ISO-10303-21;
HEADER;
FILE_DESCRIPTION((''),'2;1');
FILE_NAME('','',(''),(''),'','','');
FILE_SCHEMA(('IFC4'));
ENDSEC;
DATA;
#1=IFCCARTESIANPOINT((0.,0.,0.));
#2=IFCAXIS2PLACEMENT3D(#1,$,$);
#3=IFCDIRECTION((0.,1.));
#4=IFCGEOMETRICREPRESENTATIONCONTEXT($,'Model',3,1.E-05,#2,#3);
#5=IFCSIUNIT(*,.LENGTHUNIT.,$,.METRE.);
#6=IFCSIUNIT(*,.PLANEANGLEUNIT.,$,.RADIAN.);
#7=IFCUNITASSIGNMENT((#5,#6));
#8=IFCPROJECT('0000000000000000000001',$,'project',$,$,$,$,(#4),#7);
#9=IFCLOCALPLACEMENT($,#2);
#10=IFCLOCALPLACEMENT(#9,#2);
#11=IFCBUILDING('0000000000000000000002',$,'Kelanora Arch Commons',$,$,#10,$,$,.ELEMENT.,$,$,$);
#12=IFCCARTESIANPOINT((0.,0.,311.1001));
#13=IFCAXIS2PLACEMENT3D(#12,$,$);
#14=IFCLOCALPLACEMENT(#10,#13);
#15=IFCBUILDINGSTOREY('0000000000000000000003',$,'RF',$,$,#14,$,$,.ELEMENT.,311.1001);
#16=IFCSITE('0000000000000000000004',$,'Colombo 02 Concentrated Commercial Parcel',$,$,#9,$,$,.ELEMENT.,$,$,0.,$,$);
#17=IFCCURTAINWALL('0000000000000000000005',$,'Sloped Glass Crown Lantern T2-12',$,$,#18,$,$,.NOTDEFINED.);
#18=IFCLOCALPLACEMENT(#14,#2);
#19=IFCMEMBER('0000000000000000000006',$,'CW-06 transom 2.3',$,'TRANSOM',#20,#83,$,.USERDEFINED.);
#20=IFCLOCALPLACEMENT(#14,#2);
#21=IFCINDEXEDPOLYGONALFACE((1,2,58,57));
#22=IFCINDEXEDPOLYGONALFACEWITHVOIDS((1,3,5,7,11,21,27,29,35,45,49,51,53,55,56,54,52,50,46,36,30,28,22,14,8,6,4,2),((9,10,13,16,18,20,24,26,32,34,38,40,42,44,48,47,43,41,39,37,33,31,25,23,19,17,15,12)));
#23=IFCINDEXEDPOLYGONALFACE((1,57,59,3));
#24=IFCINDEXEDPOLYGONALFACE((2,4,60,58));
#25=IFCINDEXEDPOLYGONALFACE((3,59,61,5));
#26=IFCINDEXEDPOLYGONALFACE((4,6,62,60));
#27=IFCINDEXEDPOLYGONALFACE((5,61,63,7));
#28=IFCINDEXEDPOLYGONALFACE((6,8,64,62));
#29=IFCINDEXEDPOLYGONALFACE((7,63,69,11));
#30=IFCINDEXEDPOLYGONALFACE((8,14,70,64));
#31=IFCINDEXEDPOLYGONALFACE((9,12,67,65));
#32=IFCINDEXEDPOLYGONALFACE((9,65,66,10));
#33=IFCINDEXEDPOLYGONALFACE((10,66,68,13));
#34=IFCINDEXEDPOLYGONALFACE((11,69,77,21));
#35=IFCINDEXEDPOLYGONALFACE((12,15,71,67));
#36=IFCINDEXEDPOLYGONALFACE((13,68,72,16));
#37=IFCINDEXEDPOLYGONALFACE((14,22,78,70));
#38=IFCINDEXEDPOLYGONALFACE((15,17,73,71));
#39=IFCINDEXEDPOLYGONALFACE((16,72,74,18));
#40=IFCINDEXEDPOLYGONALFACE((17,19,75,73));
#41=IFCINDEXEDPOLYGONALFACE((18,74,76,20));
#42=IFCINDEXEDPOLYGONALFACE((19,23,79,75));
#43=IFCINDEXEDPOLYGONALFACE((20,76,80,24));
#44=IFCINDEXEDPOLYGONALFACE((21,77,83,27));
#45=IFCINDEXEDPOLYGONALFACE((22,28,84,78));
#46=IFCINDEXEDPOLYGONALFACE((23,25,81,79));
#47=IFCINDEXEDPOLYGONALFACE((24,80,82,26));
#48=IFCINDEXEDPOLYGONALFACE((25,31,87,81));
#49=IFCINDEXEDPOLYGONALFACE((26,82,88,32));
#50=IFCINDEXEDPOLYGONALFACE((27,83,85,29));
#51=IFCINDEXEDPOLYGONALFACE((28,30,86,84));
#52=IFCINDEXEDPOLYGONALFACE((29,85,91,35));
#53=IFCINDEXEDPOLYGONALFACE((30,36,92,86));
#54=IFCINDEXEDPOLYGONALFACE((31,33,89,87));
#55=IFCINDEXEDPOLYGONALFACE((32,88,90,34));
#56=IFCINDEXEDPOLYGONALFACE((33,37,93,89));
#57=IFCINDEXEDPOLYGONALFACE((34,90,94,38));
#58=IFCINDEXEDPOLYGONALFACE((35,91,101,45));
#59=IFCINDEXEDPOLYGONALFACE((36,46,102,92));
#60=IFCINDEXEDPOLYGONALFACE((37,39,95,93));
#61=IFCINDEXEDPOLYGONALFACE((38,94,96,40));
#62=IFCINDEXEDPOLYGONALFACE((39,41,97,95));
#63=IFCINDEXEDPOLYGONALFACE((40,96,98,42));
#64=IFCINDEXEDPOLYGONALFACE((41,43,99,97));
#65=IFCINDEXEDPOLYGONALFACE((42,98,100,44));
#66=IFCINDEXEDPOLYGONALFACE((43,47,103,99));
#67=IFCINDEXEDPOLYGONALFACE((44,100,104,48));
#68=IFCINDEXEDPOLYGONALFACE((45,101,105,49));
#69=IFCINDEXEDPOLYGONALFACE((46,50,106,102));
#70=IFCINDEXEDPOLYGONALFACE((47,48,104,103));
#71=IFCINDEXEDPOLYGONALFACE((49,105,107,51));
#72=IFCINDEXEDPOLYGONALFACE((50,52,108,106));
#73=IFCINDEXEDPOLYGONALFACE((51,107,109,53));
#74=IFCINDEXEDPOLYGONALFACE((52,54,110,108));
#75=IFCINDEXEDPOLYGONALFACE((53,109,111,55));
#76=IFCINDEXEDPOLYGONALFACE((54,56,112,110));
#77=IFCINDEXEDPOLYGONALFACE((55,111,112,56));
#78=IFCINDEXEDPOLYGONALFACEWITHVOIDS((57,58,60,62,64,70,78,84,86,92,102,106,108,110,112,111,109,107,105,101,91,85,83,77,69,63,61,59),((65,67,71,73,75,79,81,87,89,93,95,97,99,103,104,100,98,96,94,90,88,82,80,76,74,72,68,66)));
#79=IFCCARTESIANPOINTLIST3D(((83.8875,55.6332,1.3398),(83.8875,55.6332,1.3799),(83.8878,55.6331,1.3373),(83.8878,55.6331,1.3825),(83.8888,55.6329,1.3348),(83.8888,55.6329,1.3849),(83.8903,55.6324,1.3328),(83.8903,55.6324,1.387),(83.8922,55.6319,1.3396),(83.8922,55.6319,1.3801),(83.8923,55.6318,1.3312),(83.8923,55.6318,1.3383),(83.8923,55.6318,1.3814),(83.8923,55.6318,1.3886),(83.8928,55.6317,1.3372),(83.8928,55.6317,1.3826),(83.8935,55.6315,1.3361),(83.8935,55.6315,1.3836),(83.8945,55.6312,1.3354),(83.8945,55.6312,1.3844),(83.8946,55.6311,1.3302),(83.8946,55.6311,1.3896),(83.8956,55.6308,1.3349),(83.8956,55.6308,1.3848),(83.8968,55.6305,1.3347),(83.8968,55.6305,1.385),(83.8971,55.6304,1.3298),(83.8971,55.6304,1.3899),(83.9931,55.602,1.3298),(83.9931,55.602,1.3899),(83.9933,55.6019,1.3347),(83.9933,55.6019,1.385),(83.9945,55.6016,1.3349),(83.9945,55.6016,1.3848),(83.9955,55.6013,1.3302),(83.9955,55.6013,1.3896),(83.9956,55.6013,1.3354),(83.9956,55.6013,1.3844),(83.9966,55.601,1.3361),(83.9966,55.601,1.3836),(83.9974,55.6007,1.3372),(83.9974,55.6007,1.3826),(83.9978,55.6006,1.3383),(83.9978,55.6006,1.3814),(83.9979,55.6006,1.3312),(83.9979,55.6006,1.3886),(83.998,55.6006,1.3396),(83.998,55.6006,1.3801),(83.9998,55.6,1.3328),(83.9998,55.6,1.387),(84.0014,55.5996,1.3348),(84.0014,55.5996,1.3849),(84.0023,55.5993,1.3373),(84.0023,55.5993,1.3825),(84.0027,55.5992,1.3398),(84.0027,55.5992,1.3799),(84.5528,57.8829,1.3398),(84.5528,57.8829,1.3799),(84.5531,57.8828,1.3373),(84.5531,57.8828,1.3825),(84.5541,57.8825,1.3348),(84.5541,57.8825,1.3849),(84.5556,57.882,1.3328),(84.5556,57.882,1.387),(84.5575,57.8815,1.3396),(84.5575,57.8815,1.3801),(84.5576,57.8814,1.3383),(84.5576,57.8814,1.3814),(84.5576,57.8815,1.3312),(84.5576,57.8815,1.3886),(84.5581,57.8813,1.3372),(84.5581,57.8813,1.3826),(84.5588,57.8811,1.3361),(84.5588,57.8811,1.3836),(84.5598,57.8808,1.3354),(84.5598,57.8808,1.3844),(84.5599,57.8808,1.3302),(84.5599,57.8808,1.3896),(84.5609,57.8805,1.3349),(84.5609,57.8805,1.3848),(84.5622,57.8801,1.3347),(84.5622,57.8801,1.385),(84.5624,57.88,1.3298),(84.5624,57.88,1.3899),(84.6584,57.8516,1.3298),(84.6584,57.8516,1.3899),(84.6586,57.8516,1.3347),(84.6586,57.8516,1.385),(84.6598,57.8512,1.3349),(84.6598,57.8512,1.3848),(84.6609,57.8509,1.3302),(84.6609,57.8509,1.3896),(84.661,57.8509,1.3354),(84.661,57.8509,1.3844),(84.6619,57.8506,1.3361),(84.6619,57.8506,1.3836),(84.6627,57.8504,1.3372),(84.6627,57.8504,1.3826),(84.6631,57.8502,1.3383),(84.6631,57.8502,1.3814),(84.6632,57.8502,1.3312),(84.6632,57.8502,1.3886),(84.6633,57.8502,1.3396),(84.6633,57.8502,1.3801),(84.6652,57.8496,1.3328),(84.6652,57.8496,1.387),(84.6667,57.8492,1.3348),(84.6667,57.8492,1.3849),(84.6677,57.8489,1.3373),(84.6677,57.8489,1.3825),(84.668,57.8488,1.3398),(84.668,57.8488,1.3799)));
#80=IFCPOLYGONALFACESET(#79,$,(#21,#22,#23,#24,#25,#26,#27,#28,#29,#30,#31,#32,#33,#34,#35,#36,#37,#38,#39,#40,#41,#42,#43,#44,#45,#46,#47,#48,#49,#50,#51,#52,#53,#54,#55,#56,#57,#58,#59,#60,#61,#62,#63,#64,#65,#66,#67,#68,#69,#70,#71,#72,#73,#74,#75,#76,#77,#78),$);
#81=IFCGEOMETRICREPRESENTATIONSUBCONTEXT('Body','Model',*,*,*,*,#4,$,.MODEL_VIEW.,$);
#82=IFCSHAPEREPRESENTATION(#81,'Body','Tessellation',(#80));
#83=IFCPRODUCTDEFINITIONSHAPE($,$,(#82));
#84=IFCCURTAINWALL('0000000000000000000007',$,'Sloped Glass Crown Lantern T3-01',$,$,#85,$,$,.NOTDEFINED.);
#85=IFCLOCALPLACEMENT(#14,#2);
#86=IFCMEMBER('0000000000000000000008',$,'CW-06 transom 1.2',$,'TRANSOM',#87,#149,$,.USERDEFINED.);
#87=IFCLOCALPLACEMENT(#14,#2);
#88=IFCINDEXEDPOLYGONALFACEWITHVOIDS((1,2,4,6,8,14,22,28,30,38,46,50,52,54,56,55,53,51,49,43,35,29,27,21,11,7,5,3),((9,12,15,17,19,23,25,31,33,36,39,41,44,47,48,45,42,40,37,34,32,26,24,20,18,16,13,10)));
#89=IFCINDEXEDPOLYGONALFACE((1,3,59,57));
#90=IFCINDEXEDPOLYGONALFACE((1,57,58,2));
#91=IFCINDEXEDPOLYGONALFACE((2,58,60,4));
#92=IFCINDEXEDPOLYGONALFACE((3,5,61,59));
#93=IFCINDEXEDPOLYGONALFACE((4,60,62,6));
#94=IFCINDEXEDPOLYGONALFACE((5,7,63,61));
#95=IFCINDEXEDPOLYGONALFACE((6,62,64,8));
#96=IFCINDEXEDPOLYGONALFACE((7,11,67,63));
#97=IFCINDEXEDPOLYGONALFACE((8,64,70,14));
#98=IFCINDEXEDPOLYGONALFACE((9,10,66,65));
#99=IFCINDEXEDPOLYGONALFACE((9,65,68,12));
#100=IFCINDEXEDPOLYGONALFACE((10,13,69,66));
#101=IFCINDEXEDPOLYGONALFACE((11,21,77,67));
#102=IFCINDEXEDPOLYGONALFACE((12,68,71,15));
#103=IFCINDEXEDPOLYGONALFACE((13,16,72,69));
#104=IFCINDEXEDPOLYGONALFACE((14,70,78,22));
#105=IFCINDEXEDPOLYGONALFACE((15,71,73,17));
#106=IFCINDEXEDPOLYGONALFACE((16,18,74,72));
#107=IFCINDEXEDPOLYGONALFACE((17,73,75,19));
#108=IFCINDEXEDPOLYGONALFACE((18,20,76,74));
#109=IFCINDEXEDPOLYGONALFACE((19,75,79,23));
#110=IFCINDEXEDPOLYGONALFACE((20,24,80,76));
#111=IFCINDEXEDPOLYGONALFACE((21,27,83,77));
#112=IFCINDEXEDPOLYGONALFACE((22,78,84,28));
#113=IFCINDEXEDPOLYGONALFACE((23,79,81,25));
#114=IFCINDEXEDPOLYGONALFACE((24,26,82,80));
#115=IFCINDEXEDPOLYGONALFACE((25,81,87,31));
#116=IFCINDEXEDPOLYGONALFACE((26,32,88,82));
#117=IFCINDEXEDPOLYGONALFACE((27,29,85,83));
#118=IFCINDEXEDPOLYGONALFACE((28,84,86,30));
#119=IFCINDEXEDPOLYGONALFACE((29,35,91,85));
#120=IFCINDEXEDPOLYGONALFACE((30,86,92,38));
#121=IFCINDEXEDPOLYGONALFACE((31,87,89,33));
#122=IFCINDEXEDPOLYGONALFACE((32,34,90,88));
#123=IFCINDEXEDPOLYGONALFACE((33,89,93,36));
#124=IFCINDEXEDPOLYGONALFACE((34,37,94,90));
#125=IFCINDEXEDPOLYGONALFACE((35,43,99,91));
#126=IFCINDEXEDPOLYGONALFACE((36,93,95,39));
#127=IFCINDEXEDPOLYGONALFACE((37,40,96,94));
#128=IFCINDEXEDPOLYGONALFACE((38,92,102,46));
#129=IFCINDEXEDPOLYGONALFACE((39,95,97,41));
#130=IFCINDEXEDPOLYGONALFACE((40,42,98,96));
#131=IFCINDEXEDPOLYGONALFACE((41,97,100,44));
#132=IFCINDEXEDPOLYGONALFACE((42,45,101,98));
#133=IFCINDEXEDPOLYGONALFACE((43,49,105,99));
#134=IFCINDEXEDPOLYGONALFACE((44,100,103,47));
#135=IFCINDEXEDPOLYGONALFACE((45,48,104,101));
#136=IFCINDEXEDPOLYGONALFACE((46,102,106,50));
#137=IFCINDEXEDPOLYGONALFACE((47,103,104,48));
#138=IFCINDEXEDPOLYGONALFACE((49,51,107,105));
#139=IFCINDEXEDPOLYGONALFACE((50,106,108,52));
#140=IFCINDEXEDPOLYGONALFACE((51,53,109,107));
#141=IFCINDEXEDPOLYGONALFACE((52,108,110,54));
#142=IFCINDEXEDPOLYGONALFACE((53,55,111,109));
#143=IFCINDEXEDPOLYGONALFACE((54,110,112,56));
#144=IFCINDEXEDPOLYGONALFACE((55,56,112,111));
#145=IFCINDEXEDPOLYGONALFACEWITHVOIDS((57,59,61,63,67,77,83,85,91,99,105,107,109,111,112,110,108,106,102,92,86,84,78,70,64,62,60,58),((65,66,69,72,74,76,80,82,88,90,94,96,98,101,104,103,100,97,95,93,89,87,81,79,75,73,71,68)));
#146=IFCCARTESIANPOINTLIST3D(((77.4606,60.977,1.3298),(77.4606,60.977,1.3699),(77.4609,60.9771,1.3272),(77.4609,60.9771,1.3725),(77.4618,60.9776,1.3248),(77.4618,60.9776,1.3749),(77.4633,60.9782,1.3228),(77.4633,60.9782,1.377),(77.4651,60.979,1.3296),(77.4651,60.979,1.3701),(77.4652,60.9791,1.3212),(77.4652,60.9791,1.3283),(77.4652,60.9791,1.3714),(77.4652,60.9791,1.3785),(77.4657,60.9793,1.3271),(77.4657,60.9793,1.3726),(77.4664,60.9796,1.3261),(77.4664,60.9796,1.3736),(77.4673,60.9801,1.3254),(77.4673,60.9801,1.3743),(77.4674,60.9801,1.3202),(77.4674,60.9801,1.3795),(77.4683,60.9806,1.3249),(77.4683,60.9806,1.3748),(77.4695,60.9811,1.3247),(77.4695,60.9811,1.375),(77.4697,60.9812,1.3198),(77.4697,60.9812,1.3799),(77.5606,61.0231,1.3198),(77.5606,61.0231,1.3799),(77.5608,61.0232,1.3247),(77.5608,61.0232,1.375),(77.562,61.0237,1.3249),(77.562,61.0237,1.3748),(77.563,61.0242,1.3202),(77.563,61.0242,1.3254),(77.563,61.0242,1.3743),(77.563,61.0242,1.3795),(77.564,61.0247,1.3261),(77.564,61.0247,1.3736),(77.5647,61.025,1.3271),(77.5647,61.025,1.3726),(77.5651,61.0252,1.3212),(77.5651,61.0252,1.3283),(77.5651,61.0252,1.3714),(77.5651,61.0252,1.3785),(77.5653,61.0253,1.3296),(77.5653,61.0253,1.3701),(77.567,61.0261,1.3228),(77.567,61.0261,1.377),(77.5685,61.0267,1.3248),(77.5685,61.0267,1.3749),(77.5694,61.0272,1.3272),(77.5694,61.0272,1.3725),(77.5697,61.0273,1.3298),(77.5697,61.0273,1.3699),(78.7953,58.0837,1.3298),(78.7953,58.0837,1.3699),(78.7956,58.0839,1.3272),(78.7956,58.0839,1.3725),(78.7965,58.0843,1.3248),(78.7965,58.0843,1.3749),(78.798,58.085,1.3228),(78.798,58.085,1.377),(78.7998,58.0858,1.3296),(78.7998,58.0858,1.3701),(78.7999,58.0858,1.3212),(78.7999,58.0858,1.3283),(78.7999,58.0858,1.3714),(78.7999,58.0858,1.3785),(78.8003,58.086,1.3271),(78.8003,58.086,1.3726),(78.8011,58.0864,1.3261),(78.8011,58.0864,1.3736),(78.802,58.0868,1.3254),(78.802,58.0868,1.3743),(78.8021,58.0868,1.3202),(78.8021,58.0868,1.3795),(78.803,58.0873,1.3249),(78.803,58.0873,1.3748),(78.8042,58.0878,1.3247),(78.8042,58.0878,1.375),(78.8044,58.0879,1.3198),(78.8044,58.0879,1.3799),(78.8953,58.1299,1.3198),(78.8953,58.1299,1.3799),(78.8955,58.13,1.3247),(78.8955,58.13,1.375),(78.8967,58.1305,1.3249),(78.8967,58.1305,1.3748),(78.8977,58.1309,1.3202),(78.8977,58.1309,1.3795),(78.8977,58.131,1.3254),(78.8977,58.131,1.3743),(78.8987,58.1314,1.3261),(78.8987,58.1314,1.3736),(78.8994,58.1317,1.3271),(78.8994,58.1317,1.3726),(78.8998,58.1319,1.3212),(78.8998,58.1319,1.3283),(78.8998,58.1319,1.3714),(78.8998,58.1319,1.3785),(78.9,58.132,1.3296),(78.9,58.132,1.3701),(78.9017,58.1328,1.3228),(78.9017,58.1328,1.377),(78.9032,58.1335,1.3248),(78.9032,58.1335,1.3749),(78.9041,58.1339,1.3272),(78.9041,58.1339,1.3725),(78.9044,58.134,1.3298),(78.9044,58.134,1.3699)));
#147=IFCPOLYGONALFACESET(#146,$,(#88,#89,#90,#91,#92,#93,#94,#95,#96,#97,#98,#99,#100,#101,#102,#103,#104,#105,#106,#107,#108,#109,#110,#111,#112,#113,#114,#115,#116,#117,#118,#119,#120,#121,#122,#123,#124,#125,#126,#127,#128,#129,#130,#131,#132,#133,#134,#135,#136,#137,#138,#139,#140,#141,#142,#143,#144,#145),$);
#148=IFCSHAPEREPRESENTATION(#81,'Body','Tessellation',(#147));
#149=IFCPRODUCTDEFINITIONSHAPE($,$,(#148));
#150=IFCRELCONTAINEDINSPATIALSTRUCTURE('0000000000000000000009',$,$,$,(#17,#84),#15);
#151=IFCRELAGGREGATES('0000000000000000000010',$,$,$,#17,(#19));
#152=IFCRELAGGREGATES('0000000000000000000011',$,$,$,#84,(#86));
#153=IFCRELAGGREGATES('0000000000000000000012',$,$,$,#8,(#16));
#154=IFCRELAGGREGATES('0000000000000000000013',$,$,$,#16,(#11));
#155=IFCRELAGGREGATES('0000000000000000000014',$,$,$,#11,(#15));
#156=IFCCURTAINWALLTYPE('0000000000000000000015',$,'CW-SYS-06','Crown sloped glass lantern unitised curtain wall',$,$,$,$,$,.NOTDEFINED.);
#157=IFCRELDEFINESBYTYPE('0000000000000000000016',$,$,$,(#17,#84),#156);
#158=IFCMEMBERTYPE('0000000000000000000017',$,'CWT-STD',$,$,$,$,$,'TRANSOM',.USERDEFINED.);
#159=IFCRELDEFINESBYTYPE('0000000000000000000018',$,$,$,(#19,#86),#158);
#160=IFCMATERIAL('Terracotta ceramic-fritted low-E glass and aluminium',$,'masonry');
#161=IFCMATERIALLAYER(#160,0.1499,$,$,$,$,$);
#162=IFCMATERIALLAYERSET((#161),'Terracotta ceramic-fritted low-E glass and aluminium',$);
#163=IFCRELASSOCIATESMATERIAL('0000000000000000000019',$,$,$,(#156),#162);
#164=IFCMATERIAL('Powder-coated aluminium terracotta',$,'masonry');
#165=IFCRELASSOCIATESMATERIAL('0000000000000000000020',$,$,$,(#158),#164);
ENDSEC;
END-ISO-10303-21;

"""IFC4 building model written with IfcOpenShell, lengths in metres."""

from ifc_helpers import new_model, si_unit, direction, frame, origin, origin_2d, place, context, subcontext, project, spatial, hollow_rectangle, extrude, material, layer, layer_set, material_profile, profile_set, type_object, element, aggregate, save


model = new_model("IFC4")

# Units and contexts
model_context = context("Model", 3, precision=1e-05, world=origin(), true_north=direction((0.0, 1.0)))
body_context = subcontext(model_context, "Body", "Model", "MODEL_VIEW")
ifc_project = project(units=[si_unit("LENGTHUNIT", "METRE"), si_unit("PLANEANGLEUNIT", "RADIAN")], contexts=[model_context])

# Site, building, storey
site_placement = place(None, origin())
site = spatial("IfcSite", under=ifc_project, at=site_placement, Name="Colombo 02 Concentrated Commercial Parcel", CompositionType="ELEMENT", RefElevation=0.0)
building_placement = place(site_placement, origin())
building = spatial("IfcBuilding", under=site, at=building_placement, Name="Kelanora Arch Commons", CompositionType="ELEMENT")
storey_placement = place(building_placement, frame((0.0, 0.0, 311.1001)))
storey = spatial("IfcBuildingStorey", under=building, at=storey_placement, Name="RF", CompositionType="ELEMENT", Elevation=311.1001)

# Shared definitions
ifc_material_1 = material(Name="Terracotta ceramic-fritted low-E glass and aluminium", Category="masonry")
ifc_layer_1 = layer(ifc_material_1, 0.1499)
ifc_layer_set_1 = layer_set([ifc_layer_1], Name="Terracotta ceramic-fritted low-E glass and aluminium")
curtain_wall_type = type_object("IfcCurtainWallType", Name="CW-SYS-06", Description="Crown sloped glass lantern unitised curtain wall", PredefinedType="NOTDEFINED", material=ifc_layer_set_1)
ifc_material_2 = material(Name="Powder-coated aluminium terracotta", Category="masonry")
ifc_material_profile_1 = material_profile(ifc_material_2, hollow_rectangle(XDim=0.1201, YDim=0.0601, WallThickness=0.0049, InnerFilletRadius=0.0049, OuterFilletRadius=0.01, at=origin_2d()), Name="CWT120x60")
ifc_profile_set_1 = profile_set([ifc_material_profile_1], Name="Powder-coated aluminium terracotta")
member_type_1 = type_object("IfcMemberType", Name="CWT-STD", ElementType="TRANSOM", PredefinedType="USERDEFINED", material=ifc_profile_set_1)

# Curtain walls, members
curtain_wall_1_placement = place(storey_placement, origin())
curtain_wall_1 = element("IfcCurtainWall", 1, at=curtain_wall_1_placement, inside=storey, type_object=curtain_wall_type, Name="Sloped Glass Crown Lantern T2-12", PredefinedType="NOTDEFINED")
member_1_placement = place(storey_placement, frame((83.9451, 55.6162, 1.3599), z_axis=(0.283603, 0.958942, 0.0), x_axis=(-0.958942, 0.283603, 0.0)))
member_1 = element("IfcMember", 2, at=member_1_placement, type_object=member_type_1, Name="CW-06 transom 2.3", ObjectType="TRANSOM", PredefinedType="USERDEFINED", context=body_context, shape_type="SweptSolid", body=[
    extrude(hollow_rectangle(XDim=0.1201, YDim=0.0601, WallThickness=0.0049, InnerFilletRadius=0.0049, OuterFilletRadius=0.01, at=origin_2d()), origin(), (0.0, 0.0, 1.0), 2.3459),
])
aggregate(curtain_wall_1, [member_1])
curtain_wall_2_placement = place(storey_placement, origin())
curtain_wall_2 = element("IfcCurtainWall", 3, at=curtain_wall_2_placement, inside=storey, type_object=curtain_wall_type, Name="Sloped Glass Crown Lantern T3-01", PredefinedType="NOTDEFINED")
member_2_placement = place(storey_placement, frame((78.8499, 58.1089, 1.3499), z_axis=(-0.418888, 0.908038, 0.0), x_axis=(-0.908038, -0.418888, 0.0)))
member_2 = element("IfcMember", 4, at=member_2_placement, type_object=member_type_1, Name="CW-06 transom 1.2", ObjectType="TRANSOM", PredefinedType="USERDEFINED", context=body_context, shape_type="SweptSolid", body=[
    extrude(hollow_rectangle(XDim=0.1201, YDim=0.0601, WallThickness=0.0049, InnerFilletRadius=0.0049, OuterFilletRadius=0.01, at=origin_2d()), origin(), (0.0, 0.0, 1.0), 3.1863),
])

aggregate(curtain_wall_2, [member_2])

save(model, "model.ifc")
